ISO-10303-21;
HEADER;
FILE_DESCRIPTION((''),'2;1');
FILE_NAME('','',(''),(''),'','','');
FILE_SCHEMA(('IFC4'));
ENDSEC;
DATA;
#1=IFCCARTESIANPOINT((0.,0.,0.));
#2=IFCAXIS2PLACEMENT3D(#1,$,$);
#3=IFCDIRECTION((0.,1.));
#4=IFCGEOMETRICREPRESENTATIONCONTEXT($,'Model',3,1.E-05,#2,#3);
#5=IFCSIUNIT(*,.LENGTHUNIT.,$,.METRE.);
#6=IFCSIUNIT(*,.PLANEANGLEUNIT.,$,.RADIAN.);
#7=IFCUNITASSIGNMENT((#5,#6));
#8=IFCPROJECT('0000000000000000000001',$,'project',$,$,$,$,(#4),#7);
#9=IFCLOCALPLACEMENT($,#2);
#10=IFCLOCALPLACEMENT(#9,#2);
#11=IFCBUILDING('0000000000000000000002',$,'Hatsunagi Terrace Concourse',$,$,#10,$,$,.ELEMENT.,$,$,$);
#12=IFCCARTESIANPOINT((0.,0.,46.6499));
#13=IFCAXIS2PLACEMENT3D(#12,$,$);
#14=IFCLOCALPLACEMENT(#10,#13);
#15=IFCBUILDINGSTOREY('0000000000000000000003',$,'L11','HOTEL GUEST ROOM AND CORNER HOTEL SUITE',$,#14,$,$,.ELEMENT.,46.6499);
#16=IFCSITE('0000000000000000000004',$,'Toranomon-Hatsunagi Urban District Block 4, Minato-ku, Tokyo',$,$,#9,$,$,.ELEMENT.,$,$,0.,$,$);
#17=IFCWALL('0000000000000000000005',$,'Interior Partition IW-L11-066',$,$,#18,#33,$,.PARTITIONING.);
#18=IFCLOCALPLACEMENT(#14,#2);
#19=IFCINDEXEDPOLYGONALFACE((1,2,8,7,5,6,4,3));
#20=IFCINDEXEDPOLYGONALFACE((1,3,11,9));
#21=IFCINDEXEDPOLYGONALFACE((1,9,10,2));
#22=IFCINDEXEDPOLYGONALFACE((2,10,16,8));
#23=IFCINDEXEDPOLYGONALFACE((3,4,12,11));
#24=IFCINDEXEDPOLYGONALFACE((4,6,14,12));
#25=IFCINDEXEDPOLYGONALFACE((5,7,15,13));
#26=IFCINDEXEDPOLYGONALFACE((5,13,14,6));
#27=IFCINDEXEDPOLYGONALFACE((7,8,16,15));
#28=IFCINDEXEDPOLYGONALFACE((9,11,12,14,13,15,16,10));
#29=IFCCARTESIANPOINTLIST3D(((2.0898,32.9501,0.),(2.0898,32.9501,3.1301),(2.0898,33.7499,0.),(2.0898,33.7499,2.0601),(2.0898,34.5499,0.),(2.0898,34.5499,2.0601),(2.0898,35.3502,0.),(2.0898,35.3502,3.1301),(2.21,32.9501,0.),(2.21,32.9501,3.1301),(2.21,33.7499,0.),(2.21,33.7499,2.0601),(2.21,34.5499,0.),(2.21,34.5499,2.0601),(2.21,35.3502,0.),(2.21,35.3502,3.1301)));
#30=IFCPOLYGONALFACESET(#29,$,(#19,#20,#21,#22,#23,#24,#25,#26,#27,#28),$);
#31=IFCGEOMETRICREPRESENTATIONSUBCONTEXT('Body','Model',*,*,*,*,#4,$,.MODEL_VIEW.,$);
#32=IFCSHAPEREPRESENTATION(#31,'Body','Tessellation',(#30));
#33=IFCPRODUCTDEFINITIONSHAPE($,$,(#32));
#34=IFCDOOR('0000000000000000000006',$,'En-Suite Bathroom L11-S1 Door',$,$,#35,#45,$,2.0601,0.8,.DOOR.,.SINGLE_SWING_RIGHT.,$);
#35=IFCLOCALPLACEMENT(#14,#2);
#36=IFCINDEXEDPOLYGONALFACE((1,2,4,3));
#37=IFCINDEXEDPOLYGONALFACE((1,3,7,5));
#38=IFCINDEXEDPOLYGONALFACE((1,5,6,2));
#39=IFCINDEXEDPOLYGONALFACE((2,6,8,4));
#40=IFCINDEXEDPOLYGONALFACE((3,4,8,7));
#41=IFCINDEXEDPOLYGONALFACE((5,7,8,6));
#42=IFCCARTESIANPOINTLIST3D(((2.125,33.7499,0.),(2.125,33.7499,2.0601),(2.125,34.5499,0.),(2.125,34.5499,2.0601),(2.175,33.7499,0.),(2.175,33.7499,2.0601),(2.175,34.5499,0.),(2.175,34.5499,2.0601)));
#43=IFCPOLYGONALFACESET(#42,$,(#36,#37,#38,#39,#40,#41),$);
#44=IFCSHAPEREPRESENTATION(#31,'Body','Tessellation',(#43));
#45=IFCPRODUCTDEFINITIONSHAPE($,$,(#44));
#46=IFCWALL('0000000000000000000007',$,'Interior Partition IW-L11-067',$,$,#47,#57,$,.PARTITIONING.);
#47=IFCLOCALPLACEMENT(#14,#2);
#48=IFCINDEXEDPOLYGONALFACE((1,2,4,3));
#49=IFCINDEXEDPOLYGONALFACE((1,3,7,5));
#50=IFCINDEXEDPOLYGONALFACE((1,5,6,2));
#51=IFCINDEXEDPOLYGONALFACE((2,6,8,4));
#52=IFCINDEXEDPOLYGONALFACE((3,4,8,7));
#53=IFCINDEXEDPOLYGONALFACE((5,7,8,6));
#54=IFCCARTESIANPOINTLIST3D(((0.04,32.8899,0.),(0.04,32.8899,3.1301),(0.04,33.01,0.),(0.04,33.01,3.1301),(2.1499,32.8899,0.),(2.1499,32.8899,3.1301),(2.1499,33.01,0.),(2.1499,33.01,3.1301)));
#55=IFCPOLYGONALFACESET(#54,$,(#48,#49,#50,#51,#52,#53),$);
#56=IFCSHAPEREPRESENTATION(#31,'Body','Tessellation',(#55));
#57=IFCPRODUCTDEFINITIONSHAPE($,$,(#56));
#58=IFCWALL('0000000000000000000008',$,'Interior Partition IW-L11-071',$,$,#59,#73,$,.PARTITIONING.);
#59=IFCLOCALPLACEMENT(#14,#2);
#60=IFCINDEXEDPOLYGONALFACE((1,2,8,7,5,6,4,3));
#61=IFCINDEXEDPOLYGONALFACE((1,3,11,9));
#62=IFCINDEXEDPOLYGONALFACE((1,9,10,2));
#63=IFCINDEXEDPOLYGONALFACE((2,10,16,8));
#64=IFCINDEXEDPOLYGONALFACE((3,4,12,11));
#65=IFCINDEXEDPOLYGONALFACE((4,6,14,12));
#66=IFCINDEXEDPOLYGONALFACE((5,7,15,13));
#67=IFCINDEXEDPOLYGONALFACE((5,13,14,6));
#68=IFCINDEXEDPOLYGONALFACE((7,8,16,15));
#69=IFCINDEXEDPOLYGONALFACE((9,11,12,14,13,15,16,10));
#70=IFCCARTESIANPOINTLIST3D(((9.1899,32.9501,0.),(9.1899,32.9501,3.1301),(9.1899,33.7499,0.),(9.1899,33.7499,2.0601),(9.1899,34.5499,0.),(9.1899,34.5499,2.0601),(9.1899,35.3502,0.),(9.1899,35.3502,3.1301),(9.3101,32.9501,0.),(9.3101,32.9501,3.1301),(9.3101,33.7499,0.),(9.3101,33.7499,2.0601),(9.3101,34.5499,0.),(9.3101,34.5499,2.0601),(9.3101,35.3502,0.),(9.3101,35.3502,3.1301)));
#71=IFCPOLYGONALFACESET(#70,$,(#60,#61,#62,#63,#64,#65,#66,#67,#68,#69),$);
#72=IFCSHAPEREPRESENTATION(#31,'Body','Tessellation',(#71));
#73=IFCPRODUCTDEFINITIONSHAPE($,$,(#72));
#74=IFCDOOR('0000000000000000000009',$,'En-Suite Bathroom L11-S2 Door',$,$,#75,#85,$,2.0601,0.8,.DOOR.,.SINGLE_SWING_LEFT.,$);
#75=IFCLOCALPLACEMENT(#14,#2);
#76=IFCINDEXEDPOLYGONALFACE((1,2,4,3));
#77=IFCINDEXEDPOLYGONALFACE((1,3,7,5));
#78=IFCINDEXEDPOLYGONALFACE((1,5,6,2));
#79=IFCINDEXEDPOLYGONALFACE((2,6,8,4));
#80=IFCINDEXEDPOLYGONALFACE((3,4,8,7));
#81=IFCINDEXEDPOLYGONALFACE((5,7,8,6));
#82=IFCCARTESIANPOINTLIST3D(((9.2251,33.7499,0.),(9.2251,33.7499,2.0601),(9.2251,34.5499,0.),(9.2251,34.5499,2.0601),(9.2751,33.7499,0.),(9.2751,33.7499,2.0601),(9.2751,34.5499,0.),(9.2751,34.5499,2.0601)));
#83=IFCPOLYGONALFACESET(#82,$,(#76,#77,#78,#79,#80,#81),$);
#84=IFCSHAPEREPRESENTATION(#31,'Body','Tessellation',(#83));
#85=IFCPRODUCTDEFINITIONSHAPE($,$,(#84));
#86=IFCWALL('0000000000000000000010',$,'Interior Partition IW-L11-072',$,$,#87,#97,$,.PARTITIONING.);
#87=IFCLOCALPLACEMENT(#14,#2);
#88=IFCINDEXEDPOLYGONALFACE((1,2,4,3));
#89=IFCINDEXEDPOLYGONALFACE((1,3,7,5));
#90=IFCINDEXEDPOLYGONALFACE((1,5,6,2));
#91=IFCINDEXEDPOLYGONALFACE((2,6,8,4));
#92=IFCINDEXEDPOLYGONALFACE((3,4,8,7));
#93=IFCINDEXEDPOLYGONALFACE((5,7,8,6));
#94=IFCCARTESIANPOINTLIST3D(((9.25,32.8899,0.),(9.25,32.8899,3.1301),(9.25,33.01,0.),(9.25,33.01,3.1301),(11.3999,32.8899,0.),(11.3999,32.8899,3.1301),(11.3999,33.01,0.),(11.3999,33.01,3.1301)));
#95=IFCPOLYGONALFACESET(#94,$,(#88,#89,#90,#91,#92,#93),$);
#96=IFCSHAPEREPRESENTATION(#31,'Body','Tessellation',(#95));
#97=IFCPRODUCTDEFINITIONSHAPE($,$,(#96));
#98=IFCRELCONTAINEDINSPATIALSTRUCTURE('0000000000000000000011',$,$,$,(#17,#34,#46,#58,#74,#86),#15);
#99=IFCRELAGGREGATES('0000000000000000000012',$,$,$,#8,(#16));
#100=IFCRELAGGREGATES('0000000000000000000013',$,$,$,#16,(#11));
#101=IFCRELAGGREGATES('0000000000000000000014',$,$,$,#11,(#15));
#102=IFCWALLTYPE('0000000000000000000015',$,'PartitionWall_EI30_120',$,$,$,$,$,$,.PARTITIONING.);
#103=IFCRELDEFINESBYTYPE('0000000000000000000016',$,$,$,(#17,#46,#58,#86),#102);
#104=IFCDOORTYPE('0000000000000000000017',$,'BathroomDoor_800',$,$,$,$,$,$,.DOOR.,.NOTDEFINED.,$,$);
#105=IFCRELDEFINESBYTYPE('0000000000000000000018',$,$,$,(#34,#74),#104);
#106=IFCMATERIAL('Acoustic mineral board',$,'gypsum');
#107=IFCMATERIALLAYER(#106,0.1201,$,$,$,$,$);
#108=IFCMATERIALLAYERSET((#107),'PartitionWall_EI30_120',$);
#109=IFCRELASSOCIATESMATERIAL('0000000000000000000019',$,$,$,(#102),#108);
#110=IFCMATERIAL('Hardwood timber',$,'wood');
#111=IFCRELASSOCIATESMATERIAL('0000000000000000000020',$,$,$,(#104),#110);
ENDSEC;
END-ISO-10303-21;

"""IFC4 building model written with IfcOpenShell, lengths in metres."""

from ifc_helpers import new_model, si_unit, direction, frame, frame_2d, origin, place, context, subcontext, project, spatial, rectangle, extrude, material, layer, layer_set, type_object, element, fill, save


model = new_model("IFC4")

# Units and contexts
model_context = context("Model", 3, precision=1e-05, world=origin(), true_north=direction((0.0, 1.0)))
body_context = subcontext(model_context, "Body", "Model", "MODEL_VIEW")
ifc_project = project(units=[si_unit("LENGTHUNIT", "METRE"), si_unit("PLANEANGLEUNIT", "RADIAN")], contexts=[model_context])

# Site, building, storey
site_placement = place(None, origin())
site = spatial("IfcSite", under=ifc_project, at=site_placement, Name="Toranomon-Hatsunagi Urban District Block 4, Minato-ku, Tokyo", CompositionType="ELEMENT", RefElevation=0.0)
building_placement = place(site_placement, origin())
building = spatial("IfcBuilding", under=site, at=building_placement, Name="Hatsunagi Terrace Concourse", CompositionType="ELEMENT")
storey_placement = place(building_placement, frame((0.0, 0.0, 46.6499)))
storey = spatial("IfcBuildingStorey", under=building, at=storey_placement, Name="L11", Description="HOTEL GUEST ROOM AND CORNER HOTEL SUITE", CompositionType="ELEMENT", Elevation=46.6499)

# Wall, opening, door
ifc_material_1 = material(Name="Acoustic mineral board", Category="gypsum")
ifc_layer_1 = layer(ifc_material_1, 0.1201)
ifc_layer_set_1 = layer_set([ifc_layer_1], Name="PartitionWall_EI30_120")
wall_type = type_object("IfcWallType", Name="PartitionWall_EI30_120", PredefinedType="PARTITIONING", material=ifc_layer_set_1)
wall_1_placement = place(storey_placement, frame((2.1499, 32.95, 0.0), z_axis=(0.0, 0.0, 1.0), x_axis=(0.0, 1.0, 0.0)))
wall_1 = element("IfcWall", 1, at=wall_1_placement, inside=storey, type_object=wall_type, Name="Interior Partition IW-L11-066", PredefinedType="PARTITIONING", context=body_context, shape_type="SweptSolid", body=[
    extrude(rectangle(XDim=2.4001, YDim=0.1201, at=frame_2d((1.2002, 0.0))), origin(), (0.0, 0.0, 1.0), 3.1301),
])
opening_1_placement = place(wall_1_placement, frame((0.8, 0.0, 0.0)))
opening_1 = element("IfcOpeningElement", 2, at=opening_1_placement, cuts=wall_1, PredefinedType="OPENING", context=body_context, shape_type="SweptSolid", body=[
    extrude(rectangle(XDim=0.8, YDim=2.0601, at=frame_2d((0.3999, 1.03))), frame((0.0, 0.0701, 0.0), z_axis=(0.0, -1.0, 0.0), x_axis=(1.0, 0.0, 0.0)), (0.0, 0.0, 1.0), 0.1401),
])
ifc_material_2 = material(Name="Hardwood timber", Category="wood")
door_type = type_object("IfcDoorType", Name="BathroomDoor_800", OperationType="NOTDEFINED", PredefinedType="DOOR", material=ifc_material_2)
door_1_placement = place(opening_1_placement, origin())
door_1 = element("IfcDoor", 3, at=door_1_placement, inside=storey, type_object=door_type, Name="En-Suite Bathroom L11-S1 Door", OperationType="SINGLE_SWING_RIGHT", OverallHeight=2.0601, OverallWidth=0.8, PredefinedType="DOOR", context=body_context, shape_type="SweptSolid", body=[
    extrude(rectangle(XDim=0.8, YDim=2.0601, at=frame_2d((0.3999, 1.03))), frame((0.0, 0.0249, 0.0), z_axis=(0.0, -1.0, 0.0), x_axis=(1.0, 0.0, 0.0)), (0.0, 0.0, 1.0), 0.05),
])
fill(opening_1, door_1)

# Wall
wall_2_placement = place(storey_placement, frame((0.04, 32.95, 0.0), z_axis=(0.0, 0.0, 1.0), x_axis=(1.0, 0.0, 0.0)))
element("IfcWall", 4, at=wall_2_placement, inside=storey, type_object=wall_type, Name="Interior Partition IW-L11-067", PredefinedType="PARTITIONING", context=body_context, shape_type="SweptSolid", body=[
    extrude(rectangle(XDim=2.1099, YDim=0.1201, at=frame_2d((1.0549, 0.0))), origin(), (0.0, 0.0, 1.0), 3.1301),
])

# Wall, opening, door
wall_3_placement = place(storey_placement, frame((9.25, 32.95, 0.0), z_axis=(0.0, 0.0, 1.0), x_axis=(0.0, 1.0, 0.0)))
wall_3 = element("IfcWall", 5, at=wall_3_placement, inside=storey, type_object=wall_type, Name="Interior Partition IW-L11-071", PredefinedType="PARTITIONING", context=body_context, shape_type="SweptSolid", body=[
    extrude(rectangle(XDim=2.4001, YDim=0.1201, at=frame_2d((1.2002, 0.0))), origin(), (0.0, 0.0, 1.0), 3.1301),
])
opening_2_placement = place(wall_3_placement, frame((0.8, 0.0, 0.0)))
opening_2 = element("IfcOpeningElement", 6, at=opening_2_placement, cuts=wall_3, PredefinedType="OPENING", context=body_context, shape_type="SweptSolid", body=[
    extrude(rectangle(XDim=0.8, YDim=2.0601, at=frame_2d((0.3999, 1.03))), frame((0.0, 0.0701, 0.0), z_axis=(0.0, -1.0, 0.0), x_axis=(1.0, 0.0, 0.0)), (0.0, 0.0, 1.0), 0.1401),
])
door_2_placement = place(opening_2_placement, origin())
door_2 = element("IfcDoor", 7, at=door_2_placement, inside=storey, type_object=door_type, Name="En-Suite Bathroom L11-S2 Door", OperationType="SINGLE_SWING_LEFT", OverallHeight=2.0601, OverallWidth=0.8, PredefinedType="DOOR", context=body_context, shape_type="SweptSolid", body=[
    extrude(rectangle(XDim=0.8, YDim=2.0601, at=frame_2d((0.3999, 1.03))), frame((0.0, 0.0249, 0.0), z_axis=(0.0, -1.0, 0.0), x_axis=(1.0, 0.0, 0.0)), (0.0, 0.0, 1.0), 0.05),
])
fill(opening_2, door_2)

# Wall
wall_4_placement = place(storey_placement, frame((9.25, 32.95, 0.0), z_axis=(0.0, 0.0, 1.0), x_axis=(1.0, 0.0, 0.0)))
element("IfcWall", 8, at=wall_4_placement, inside=storey, type_object=wall_type, Name="Interior Partition IW-L11-072", PredefinedType="PARTITIONING", context=body_context, shape_type="SweptSolid", body=[
    extrude(rectangle(XDim=2.1499, YDim=0.1201, at=frame_2d((1.075, 0.0))), origin(), (0.0, 0.0, 1.0), 3.1301),
])

save(model, "model.ifc")
